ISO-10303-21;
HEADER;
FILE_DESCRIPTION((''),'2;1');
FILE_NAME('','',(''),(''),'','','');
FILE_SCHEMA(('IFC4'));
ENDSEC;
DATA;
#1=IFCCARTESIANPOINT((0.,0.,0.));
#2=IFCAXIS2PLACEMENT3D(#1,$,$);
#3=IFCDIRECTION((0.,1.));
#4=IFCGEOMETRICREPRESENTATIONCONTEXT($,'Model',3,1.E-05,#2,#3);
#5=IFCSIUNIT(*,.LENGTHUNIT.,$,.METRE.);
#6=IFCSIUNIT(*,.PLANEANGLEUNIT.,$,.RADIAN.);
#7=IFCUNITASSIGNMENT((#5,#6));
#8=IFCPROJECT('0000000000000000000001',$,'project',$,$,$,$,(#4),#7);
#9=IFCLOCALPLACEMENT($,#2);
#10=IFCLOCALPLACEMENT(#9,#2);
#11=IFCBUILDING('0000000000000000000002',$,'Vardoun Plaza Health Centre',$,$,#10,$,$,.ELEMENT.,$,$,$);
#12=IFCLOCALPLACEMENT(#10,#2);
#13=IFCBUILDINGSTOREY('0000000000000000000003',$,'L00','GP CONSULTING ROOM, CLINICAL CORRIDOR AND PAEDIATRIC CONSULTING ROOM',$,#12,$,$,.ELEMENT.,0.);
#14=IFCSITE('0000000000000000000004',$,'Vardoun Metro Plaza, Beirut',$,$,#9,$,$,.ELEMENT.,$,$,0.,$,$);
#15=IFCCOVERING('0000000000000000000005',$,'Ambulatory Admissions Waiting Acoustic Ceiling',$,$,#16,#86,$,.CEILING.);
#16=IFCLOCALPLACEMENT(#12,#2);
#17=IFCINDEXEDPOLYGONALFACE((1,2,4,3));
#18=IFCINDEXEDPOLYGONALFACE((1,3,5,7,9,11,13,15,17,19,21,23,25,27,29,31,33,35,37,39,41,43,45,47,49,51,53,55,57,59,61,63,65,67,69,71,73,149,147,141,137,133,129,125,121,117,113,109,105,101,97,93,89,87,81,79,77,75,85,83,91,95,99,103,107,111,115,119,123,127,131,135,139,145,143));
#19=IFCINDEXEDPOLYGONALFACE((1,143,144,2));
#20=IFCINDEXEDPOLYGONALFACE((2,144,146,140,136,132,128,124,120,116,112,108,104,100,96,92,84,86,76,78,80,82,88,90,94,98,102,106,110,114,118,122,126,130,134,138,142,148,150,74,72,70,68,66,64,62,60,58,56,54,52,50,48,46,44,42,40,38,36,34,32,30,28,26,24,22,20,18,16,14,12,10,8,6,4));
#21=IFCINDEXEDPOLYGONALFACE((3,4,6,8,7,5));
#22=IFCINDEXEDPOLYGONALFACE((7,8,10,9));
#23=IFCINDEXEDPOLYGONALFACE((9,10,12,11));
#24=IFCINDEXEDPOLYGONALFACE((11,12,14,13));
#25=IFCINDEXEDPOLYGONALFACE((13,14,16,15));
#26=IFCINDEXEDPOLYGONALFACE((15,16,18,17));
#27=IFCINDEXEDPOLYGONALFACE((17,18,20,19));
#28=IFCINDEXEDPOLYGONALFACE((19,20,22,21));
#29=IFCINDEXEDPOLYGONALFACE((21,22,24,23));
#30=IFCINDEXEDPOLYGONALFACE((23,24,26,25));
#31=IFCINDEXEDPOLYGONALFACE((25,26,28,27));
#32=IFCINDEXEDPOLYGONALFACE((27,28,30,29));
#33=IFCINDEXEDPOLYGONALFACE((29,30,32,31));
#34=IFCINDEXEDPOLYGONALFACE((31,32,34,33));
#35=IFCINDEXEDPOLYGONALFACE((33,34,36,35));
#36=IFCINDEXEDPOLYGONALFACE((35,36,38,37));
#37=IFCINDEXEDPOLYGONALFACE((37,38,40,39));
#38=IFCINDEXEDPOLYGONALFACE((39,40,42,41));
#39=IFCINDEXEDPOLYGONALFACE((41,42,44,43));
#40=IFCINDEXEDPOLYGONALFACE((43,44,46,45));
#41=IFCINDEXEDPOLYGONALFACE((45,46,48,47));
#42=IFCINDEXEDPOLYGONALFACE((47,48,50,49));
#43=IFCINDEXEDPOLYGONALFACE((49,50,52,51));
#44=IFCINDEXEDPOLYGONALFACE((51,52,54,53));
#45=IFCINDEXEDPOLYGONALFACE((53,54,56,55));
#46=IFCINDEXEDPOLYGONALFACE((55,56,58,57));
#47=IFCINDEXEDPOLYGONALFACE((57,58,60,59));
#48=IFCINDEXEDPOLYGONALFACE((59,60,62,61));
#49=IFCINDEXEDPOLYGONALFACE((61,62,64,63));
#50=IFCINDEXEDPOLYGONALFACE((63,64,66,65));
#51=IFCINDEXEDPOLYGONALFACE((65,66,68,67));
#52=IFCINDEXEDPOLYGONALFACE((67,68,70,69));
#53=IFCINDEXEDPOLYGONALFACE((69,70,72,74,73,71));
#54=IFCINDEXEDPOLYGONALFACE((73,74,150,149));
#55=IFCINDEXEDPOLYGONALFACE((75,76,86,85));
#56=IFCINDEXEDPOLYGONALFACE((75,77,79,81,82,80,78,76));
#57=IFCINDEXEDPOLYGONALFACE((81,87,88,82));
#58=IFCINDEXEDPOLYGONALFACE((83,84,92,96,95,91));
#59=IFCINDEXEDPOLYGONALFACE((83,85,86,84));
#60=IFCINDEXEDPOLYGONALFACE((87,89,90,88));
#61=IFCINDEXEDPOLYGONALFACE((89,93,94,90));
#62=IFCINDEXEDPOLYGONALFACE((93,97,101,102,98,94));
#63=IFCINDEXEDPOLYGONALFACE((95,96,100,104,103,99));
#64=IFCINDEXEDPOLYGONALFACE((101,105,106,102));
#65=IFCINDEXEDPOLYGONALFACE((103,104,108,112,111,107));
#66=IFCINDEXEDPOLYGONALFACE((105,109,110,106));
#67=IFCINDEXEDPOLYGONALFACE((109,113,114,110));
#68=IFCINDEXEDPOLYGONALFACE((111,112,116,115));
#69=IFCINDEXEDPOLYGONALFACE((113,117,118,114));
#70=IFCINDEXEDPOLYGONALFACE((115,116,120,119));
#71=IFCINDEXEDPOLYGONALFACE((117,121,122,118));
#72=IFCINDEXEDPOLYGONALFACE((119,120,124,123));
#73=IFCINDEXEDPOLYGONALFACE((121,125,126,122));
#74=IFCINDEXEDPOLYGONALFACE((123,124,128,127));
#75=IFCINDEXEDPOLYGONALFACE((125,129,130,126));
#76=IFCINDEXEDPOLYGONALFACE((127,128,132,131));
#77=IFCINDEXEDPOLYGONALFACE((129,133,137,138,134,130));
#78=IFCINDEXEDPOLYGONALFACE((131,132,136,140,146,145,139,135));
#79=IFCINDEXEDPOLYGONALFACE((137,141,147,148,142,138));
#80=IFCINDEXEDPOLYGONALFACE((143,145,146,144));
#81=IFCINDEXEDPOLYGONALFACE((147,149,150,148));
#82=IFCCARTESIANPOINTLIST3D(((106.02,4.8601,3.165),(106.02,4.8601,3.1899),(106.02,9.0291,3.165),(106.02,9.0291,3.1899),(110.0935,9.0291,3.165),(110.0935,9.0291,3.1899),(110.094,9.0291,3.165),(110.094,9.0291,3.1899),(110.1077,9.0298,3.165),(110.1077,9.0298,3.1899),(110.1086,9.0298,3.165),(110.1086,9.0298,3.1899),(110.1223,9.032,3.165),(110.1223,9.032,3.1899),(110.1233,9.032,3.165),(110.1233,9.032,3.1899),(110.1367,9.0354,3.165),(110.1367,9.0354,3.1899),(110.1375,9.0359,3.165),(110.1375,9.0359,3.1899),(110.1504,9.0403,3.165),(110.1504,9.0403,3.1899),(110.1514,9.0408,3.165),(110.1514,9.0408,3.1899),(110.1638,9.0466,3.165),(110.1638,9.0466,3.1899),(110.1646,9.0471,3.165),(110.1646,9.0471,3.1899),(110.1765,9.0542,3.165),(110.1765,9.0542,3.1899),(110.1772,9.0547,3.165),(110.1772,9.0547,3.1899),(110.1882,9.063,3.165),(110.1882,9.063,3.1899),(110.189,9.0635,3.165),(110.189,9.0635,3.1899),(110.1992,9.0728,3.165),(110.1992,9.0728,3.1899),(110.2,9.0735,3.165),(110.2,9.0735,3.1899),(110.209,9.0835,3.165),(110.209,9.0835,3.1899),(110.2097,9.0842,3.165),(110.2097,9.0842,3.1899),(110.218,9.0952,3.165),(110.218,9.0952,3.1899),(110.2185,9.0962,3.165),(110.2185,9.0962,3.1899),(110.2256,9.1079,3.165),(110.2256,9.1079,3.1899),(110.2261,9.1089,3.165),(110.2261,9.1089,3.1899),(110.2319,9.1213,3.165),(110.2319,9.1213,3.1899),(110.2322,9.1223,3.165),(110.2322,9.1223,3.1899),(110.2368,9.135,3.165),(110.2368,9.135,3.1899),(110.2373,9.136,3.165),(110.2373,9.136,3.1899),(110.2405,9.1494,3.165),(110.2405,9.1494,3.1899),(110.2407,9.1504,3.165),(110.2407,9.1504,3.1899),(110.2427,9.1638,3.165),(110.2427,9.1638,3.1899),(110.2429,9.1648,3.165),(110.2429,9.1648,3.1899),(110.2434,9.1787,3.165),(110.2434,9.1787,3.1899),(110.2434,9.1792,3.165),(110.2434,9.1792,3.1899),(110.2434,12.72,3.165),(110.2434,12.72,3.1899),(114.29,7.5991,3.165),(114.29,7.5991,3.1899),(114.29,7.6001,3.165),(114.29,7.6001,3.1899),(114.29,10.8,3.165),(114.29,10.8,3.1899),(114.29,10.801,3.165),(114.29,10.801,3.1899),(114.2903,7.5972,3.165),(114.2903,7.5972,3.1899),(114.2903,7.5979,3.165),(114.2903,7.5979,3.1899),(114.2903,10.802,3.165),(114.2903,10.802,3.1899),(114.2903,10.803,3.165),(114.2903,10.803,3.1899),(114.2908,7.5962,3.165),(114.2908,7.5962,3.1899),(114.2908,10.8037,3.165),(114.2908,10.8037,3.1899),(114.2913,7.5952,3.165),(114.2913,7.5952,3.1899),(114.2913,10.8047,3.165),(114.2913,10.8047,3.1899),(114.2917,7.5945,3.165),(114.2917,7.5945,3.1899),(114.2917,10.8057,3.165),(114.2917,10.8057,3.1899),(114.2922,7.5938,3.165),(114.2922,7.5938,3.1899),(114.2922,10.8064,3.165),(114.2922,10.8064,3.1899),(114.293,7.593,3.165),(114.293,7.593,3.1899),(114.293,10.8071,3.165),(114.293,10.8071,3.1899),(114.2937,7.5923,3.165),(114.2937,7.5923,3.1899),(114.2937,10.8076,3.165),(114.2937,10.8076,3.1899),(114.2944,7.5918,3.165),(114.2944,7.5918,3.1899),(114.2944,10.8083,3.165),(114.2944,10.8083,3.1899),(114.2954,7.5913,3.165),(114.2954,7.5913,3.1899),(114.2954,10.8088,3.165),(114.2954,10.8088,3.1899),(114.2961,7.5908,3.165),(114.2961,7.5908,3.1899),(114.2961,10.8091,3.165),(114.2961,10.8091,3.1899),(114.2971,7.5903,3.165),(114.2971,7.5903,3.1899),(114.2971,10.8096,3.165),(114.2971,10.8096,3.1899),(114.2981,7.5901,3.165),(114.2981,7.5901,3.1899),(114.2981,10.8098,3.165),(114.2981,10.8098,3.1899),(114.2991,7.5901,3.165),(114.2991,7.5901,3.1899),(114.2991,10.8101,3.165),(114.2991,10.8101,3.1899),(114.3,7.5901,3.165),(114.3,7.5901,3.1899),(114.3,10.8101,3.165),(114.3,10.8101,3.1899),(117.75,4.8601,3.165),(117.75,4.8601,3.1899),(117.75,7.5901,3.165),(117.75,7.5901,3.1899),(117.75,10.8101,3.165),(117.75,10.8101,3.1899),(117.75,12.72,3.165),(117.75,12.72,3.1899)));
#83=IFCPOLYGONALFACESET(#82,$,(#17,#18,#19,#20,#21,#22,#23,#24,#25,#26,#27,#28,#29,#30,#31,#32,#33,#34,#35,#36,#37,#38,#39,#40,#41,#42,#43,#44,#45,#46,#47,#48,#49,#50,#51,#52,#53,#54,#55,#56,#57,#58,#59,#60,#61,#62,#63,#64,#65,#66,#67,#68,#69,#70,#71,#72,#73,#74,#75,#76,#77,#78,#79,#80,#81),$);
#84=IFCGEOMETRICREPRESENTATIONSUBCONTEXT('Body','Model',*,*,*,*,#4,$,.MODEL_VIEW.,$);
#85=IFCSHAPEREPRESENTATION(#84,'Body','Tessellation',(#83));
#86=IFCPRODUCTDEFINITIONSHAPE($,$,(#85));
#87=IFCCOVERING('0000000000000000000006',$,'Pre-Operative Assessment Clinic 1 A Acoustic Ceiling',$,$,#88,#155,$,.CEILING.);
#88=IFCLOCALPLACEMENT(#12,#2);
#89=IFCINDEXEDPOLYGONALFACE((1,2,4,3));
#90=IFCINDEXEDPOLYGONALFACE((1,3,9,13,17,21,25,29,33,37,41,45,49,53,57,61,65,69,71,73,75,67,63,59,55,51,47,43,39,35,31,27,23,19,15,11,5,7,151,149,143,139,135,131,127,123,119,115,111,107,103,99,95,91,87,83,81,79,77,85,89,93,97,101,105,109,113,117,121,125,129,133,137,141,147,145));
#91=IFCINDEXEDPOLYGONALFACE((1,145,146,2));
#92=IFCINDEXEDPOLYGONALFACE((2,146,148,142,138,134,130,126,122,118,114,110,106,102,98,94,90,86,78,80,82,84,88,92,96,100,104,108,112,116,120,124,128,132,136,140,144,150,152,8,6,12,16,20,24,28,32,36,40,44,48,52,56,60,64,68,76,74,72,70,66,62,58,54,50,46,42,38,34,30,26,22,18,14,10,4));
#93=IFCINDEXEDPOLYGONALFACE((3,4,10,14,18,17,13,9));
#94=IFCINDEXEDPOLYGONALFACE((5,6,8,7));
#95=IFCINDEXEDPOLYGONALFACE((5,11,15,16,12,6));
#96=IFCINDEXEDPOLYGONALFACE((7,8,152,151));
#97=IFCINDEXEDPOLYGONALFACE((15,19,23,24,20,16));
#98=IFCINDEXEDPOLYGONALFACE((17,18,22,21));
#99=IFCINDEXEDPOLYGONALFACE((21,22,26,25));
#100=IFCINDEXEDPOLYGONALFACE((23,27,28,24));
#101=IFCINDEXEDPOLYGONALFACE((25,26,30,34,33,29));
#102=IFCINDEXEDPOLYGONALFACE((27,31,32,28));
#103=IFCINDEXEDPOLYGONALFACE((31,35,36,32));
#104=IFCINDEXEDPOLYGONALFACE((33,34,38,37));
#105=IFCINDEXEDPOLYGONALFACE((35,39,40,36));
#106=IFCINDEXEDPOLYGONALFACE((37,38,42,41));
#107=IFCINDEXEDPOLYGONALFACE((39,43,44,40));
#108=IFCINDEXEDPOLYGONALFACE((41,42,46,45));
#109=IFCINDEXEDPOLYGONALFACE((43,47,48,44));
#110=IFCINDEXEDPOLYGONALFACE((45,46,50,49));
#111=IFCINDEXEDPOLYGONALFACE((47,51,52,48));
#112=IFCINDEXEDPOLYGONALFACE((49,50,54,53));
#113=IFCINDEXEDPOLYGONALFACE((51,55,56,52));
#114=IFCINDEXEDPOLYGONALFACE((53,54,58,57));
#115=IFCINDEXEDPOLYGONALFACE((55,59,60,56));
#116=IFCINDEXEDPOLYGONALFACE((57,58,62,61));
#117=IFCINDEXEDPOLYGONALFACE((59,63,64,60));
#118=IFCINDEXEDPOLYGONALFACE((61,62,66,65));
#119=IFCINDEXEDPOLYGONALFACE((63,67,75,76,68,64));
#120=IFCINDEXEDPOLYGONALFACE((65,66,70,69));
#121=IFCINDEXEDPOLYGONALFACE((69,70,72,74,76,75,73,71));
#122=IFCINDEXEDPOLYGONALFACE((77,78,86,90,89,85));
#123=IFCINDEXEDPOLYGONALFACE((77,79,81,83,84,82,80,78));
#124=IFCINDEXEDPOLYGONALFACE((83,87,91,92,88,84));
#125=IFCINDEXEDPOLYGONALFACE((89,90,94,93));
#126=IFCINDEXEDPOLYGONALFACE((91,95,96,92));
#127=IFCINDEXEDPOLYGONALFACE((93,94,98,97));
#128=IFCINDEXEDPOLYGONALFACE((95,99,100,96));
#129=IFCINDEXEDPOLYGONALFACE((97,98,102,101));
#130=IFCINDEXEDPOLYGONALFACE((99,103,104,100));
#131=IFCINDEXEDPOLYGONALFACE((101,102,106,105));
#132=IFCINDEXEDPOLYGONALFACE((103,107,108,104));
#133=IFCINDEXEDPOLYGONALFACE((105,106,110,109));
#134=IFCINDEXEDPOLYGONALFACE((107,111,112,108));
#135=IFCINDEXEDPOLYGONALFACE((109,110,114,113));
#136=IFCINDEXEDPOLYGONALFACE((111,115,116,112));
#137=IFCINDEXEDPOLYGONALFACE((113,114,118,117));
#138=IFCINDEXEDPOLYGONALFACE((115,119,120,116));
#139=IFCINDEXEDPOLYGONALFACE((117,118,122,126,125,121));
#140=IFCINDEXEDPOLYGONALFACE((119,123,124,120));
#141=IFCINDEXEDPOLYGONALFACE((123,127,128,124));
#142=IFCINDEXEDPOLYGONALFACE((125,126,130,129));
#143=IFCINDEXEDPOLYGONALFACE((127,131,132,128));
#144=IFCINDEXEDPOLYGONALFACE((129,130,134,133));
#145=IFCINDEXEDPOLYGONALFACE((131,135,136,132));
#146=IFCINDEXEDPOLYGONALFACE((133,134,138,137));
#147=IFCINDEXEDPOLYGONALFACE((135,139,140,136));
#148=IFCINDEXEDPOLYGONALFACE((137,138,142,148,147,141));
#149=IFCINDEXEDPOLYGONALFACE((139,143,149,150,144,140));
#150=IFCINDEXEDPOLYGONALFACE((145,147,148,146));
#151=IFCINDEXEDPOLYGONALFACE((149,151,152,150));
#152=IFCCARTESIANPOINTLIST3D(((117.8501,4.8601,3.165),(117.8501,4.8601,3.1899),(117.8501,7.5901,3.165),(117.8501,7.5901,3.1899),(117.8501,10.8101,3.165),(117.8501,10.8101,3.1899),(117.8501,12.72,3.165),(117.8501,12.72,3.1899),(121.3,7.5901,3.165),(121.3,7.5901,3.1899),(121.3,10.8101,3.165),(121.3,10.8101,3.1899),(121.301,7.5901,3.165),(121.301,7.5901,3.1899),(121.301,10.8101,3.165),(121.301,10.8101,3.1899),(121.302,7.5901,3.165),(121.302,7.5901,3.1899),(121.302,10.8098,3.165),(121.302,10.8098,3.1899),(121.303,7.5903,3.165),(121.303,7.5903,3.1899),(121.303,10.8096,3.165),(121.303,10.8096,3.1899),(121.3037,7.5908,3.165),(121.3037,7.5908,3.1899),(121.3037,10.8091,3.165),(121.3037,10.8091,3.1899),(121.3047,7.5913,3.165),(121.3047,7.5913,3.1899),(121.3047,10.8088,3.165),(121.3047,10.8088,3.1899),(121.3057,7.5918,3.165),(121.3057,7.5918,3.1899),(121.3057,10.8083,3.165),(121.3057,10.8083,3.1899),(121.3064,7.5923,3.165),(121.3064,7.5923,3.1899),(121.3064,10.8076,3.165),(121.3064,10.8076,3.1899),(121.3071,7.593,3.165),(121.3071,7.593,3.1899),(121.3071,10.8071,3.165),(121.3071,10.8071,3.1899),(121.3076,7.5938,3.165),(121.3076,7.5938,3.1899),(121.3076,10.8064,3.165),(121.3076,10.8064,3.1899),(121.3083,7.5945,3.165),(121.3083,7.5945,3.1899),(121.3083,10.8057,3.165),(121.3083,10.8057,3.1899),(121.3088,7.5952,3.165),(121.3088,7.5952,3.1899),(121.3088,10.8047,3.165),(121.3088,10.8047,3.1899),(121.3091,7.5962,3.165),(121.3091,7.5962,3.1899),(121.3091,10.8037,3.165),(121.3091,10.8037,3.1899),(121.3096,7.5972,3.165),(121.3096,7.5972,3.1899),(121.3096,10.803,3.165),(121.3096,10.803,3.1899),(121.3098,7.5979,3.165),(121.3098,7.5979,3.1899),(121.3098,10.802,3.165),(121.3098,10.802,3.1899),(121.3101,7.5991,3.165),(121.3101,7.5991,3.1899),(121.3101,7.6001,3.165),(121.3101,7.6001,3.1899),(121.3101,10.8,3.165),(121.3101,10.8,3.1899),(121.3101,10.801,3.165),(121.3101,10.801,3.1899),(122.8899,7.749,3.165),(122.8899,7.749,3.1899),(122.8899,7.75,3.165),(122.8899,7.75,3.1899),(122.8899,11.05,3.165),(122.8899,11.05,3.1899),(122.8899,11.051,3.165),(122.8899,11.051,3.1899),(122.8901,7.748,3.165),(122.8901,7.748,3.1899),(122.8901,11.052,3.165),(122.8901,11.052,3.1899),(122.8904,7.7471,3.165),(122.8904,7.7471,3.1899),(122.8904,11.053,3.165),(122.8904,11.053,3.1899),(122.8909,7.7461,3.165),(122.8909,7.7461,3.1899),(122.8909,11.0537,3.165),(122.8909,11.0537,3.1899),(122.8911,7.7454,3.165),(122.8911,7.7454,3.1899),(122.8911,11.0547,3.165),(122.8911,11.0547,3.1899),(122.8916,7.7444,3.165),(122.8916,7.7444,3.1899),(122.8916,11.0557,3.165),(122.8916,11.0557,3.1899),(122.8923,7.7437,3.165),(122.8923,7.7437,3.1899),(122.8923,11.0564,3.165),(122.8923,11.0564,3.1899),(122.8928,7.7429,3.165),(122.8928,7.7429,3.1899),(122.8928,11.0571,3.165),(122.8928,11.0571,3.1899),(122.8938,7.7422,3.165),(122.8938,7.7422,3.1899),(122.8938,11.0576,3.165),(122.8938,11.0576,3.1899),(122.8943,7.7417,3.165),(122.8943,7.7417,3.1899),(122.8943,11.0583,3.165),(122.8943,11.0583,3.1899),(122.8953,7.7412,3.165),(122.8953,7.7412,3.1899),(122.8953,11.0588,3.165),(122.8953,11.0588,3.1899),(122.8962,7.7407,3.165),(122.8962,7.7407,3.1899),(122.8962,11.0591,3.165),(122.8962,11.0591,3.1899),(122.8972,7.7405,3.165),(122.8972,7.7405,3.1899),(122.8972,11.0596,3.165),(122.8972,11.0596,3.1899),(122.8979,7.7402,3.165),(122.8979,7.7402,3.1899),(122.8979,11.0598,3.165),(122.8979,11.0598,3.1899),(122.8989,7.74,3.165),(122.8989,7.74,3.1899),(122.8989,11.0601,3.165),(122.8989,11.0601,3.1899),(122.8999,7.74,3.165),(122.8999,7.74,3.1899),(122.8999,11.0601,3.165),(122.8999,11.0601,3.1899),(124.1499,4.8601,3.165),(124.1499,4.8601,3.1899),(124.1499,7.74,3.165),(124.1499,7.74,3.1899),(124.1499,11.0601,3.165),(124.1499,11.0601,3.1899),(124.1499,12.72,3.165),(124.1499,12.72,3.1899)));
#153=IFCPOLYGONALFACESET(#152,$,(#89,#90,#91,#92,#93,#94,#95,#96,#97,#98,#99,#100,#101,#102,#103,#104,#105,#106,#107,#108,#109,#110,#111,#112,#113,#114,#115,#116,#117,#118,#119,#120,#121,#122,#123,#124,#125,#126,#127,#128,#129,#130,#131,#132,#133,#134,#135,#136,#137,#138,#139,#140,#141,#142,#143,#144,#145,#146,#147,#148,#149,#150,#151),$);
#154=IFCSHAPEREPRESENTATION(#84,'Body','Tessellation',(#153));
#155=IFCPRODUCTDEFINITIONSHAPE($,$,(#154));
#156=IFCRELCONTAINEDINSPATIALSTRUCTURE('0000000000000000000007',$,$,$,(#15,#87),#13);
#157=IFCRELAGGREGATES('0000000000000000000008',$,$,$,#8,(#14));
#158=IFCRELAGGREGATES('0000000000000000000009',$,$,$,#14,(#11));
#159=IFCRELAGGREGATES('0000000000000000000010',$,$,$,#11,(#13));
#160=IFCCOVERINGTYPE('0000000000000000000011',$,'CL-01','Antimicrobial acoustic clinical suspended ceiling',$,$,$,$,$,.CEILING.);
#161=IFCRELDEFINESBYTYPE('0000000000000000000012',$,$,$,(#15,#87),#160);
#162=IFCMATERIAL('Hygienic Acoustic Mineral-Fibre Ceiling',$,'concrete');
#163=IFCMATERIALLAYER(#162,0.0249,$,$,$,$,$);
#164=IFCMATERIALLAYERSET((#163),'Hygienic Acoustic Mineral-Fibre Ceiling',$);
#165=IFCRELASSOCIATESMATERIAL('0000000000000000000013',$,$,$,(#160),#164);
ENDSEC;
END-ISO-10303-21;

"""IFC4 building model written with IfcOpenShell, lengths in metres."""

from ifc_helpers import new_model, si_unit, direction, frame, origin, place, context, subcontext, project, spatial, polyline, outline, extrude, material, layer, layer_set, type_object, element, save


model = new_model("IFC4")

# Units and contexts
model_context = context("Model", 3, precision=1e-05, world=origin(), true_north=direction((0.0, 1.0)))
body_context = subcontext(model_context, "Body", "Model", "MODEL_VIEW")
ifc_project = project(units=[si_unit("LENGTHUNIT", "METRE"), si_unit("PLANEANGLEUNIT", "RADIAN")], contexts=[model_context])

# Site, building, storey
site_placement = place(None, origin())
site = spatial("IfcSite", under=ifc_project, at=site_placement, Name="Vardoun Metro Plaza, Beirut", CompositionType="ELEMENT", RefElevation=0.0)
building_placement = place(site_placement, origin())
building = spatial("IfcBuilding", under=site, at=building_placement, Name="Vardoun Plaza Health Centre", CompositionType="ELEMENT")
storey_placement = place(building_placement, origin())
storey = spatial("IfcBuildingStorey", under=building, at=storey_placement, Name="L00", Description="GP CONSULTING ROOM, CLINICAL CORRIDOR AND PAEDIATRIC CONSULTING ROOM", CompositionType="ELEMENT", Elevation=0.0)

# Coverings
ifc_material_1 = material(Name="Hygienic Acoustic Mineral-Fibre Ceiling", Category="concrete")
ifc_layer_1 = layer(ifc_material_1, 0.0249)
ifc_layer_set_1 = layer_set([ifc_layer_1], Name="Hygienic Acoustic Mineral-Fibre Ceiling")
covering_type_1 = type_object("IfcCoveringType", Name="CL-01", Description="Antimicrobial acoustic clinical suspended ceiling", PredefinedType="CEILING", material=ifc_layer_set_1)
covering_1_placement = place(storey_placement, frame((0.0, 0.0, 3.165)))
element("IfcCovering", 1, at=covering_1_placement, inside=storey, type_object=covering_type_1, Name="Ambulatory Admissions Waiting Acoustic Ceiling", PredefinedType="CEILING", context=body_context, shape_type="SweptSolid", body=[
    extrude(outline(polyline([(117.75, 10.8101), (114.3, 10.8101), (114.2991, 10.8101), (114.2981, 10.8098), (114.2971, 10.8096), (114.2961, 10.8091), (114.2954, 10.8088), (114.2944, 10.8083), (114.2937, 10.8076), (114.293, 10.8071), (114.2922, 10.8064), (114.2917, 10.8057), (114.2913, 10.8047), (114.2908, 10.8037), (114.2903, 10.803), (114.2903, 10.802), (114.29, 10.801), (114.29, 10.8), (114.29, 7.6001), (114.29, 7.5991), (114.2903, 7.5979), (114.2903, 7.5972), (114.2908, 7.5962), (114.2913, 7.5952), (114.2917, 7.5945), (114.2922, 7.5938), (114.293, 7.593), (114.2937, 7.5923), (114.2944, 7.5918), (114.2954, 7.5913), (114.2961, 7.5908), (114.2971, 7.5903), (114.2981, 7.5901), (114.2991, 7.5901), (114.3, 7.5901), (117.75, 7.5901), (117.75, 4.8601), (106.02, 4.8601), (106.02, 9.0291), (110.0935, 9.0291), (110.094, 9.0291), (110.1077, 9.0298), (110.1086, 9.0298), (110.1223, 9.032), (110.1233, 9.032), (110.1367, 9.0354), (110.1375, 9.0359), (110.1504, 9.0403), (110.1514, 9.0408), (110.1638, 9.0466), (110.1646, 9.0471), (110.1765, 9.0542), (110.1772, 9.0547), (110.1882, 9.063), (110.189, 9.0635), (110.1992, 9.0728), (110.2, 9.0735), (110.209, 9.0835), (110.2097, 9.0842), (110.218, 9.0952), (110.2185, 9.0962), (110.2256, 9.1079), (110.2261, 9.1089), (110.2319, 9.1213), (110.2322, 9.1223), (110.2368, 9.135), (110.2373, 9.136), (110.2405, 9.1494), (110.2407, 9.1504), (110.2427, 9.1638), (110.2429, 9.1648), (110.2434, 9.1787), (110.2434, 9.1792), (110.2434, 12.72), (117.75, 12.72), (117.75, 10.8101)])), origin(), (0.0, 0.0, 1.0), 0.0249),
])
covering_2_placement = place(storey_placement, frame((0.0, 0.0, 3.165)))
element("IfcCovering", 2, at=covering_2_placement, inside=storey, type_object=covering_type_1, Name="Pre-Operative Assessment Clinic 1 A Acoustic Ceiling", PredefinedType="CEILING", context=body_context, shape_type="SweptSolid", body=[
    extrude(outline(polyline([(117.8501, 4.8601), (117.8501, 7.5901), (121.3, 7.5901), (121.301, 7.5901), (121.302, 7.5901), (121.303, 7.5903), (121.3037, 7.5908), (121.3047, 7.5913), (121.3057, 7.5918), (121.3064, 7.5923), (121.3071, 7.593), (121.3076, 7.5938), (121.3083, 7.5945), (121.3088, 7.5952), (121.3091, 7.5962), (121.3096, 7.5972), (121.3098, 7.5979), (121.3101, 7.5991), (121.3101, 7.6001), (121.3101, 10.8), (121.3101, 10.801), (121.3098, 10.802), (121.3096, 10.803), (121.3091, 10.8037), (121.3088, 10.8047), (121.3083, 10.8057), (121.3076, 10.8064), (121.3071, 10.8071), (121.3064, 10.8076), (121.3057, 10.8083), (121.3047, 10.8088), (121.3037, 10.8091), (121.303, 10.8096), (121.302, 10.8098), (121.301, 10.8101), (121.3, 10.8101), (117.8501, 10.8101), (117.8501, 12.72), (124.1499, 12.72), (124.1499, 11.0601), (122.8999, 11.0601), (122.8989, 11.0601), (122.8979, 11.0598), (122.8972, 11.0596), (122.8962, 11.0591), (122.8953, 11.0588), (122.8943, 11.0583), (122.8938, 11.0576), (122.8928, 11.0571), (122.8923, 11.0564), (122.8916, 11.0557), (122.8911, 11.0547), (122.8909, 11.0537), (122.8904, 11.053), (122.8901, 11.052), (122.8899, 11.051), (122.8899, 11.05), (122.8899, 7.75), (122.8899, 7.749), (122.8901, 7.748), (122.8904, 7.7471), (122.8909, 7.7461), (122.8911, 7.7454), (122.8916, 7.7444), (122.8923, 7.7437), (122.8928, 7.7429), (122.8938, 7.7422), (122.8943, 7.7417), (122.8953, 7.7412), (122.8962, 7.7407), (122.8972, 7.7405), (122.8979, 7.7402), (122.8989, 7.74), (122.8999, 7.74), (124.1499, 7.74), (124.1499, 4.8601), (117.8501, 4.8601)])), origin(), (0.0, 0.0, 1.0), 0.0249),
])

save(model, "model.ifc")
